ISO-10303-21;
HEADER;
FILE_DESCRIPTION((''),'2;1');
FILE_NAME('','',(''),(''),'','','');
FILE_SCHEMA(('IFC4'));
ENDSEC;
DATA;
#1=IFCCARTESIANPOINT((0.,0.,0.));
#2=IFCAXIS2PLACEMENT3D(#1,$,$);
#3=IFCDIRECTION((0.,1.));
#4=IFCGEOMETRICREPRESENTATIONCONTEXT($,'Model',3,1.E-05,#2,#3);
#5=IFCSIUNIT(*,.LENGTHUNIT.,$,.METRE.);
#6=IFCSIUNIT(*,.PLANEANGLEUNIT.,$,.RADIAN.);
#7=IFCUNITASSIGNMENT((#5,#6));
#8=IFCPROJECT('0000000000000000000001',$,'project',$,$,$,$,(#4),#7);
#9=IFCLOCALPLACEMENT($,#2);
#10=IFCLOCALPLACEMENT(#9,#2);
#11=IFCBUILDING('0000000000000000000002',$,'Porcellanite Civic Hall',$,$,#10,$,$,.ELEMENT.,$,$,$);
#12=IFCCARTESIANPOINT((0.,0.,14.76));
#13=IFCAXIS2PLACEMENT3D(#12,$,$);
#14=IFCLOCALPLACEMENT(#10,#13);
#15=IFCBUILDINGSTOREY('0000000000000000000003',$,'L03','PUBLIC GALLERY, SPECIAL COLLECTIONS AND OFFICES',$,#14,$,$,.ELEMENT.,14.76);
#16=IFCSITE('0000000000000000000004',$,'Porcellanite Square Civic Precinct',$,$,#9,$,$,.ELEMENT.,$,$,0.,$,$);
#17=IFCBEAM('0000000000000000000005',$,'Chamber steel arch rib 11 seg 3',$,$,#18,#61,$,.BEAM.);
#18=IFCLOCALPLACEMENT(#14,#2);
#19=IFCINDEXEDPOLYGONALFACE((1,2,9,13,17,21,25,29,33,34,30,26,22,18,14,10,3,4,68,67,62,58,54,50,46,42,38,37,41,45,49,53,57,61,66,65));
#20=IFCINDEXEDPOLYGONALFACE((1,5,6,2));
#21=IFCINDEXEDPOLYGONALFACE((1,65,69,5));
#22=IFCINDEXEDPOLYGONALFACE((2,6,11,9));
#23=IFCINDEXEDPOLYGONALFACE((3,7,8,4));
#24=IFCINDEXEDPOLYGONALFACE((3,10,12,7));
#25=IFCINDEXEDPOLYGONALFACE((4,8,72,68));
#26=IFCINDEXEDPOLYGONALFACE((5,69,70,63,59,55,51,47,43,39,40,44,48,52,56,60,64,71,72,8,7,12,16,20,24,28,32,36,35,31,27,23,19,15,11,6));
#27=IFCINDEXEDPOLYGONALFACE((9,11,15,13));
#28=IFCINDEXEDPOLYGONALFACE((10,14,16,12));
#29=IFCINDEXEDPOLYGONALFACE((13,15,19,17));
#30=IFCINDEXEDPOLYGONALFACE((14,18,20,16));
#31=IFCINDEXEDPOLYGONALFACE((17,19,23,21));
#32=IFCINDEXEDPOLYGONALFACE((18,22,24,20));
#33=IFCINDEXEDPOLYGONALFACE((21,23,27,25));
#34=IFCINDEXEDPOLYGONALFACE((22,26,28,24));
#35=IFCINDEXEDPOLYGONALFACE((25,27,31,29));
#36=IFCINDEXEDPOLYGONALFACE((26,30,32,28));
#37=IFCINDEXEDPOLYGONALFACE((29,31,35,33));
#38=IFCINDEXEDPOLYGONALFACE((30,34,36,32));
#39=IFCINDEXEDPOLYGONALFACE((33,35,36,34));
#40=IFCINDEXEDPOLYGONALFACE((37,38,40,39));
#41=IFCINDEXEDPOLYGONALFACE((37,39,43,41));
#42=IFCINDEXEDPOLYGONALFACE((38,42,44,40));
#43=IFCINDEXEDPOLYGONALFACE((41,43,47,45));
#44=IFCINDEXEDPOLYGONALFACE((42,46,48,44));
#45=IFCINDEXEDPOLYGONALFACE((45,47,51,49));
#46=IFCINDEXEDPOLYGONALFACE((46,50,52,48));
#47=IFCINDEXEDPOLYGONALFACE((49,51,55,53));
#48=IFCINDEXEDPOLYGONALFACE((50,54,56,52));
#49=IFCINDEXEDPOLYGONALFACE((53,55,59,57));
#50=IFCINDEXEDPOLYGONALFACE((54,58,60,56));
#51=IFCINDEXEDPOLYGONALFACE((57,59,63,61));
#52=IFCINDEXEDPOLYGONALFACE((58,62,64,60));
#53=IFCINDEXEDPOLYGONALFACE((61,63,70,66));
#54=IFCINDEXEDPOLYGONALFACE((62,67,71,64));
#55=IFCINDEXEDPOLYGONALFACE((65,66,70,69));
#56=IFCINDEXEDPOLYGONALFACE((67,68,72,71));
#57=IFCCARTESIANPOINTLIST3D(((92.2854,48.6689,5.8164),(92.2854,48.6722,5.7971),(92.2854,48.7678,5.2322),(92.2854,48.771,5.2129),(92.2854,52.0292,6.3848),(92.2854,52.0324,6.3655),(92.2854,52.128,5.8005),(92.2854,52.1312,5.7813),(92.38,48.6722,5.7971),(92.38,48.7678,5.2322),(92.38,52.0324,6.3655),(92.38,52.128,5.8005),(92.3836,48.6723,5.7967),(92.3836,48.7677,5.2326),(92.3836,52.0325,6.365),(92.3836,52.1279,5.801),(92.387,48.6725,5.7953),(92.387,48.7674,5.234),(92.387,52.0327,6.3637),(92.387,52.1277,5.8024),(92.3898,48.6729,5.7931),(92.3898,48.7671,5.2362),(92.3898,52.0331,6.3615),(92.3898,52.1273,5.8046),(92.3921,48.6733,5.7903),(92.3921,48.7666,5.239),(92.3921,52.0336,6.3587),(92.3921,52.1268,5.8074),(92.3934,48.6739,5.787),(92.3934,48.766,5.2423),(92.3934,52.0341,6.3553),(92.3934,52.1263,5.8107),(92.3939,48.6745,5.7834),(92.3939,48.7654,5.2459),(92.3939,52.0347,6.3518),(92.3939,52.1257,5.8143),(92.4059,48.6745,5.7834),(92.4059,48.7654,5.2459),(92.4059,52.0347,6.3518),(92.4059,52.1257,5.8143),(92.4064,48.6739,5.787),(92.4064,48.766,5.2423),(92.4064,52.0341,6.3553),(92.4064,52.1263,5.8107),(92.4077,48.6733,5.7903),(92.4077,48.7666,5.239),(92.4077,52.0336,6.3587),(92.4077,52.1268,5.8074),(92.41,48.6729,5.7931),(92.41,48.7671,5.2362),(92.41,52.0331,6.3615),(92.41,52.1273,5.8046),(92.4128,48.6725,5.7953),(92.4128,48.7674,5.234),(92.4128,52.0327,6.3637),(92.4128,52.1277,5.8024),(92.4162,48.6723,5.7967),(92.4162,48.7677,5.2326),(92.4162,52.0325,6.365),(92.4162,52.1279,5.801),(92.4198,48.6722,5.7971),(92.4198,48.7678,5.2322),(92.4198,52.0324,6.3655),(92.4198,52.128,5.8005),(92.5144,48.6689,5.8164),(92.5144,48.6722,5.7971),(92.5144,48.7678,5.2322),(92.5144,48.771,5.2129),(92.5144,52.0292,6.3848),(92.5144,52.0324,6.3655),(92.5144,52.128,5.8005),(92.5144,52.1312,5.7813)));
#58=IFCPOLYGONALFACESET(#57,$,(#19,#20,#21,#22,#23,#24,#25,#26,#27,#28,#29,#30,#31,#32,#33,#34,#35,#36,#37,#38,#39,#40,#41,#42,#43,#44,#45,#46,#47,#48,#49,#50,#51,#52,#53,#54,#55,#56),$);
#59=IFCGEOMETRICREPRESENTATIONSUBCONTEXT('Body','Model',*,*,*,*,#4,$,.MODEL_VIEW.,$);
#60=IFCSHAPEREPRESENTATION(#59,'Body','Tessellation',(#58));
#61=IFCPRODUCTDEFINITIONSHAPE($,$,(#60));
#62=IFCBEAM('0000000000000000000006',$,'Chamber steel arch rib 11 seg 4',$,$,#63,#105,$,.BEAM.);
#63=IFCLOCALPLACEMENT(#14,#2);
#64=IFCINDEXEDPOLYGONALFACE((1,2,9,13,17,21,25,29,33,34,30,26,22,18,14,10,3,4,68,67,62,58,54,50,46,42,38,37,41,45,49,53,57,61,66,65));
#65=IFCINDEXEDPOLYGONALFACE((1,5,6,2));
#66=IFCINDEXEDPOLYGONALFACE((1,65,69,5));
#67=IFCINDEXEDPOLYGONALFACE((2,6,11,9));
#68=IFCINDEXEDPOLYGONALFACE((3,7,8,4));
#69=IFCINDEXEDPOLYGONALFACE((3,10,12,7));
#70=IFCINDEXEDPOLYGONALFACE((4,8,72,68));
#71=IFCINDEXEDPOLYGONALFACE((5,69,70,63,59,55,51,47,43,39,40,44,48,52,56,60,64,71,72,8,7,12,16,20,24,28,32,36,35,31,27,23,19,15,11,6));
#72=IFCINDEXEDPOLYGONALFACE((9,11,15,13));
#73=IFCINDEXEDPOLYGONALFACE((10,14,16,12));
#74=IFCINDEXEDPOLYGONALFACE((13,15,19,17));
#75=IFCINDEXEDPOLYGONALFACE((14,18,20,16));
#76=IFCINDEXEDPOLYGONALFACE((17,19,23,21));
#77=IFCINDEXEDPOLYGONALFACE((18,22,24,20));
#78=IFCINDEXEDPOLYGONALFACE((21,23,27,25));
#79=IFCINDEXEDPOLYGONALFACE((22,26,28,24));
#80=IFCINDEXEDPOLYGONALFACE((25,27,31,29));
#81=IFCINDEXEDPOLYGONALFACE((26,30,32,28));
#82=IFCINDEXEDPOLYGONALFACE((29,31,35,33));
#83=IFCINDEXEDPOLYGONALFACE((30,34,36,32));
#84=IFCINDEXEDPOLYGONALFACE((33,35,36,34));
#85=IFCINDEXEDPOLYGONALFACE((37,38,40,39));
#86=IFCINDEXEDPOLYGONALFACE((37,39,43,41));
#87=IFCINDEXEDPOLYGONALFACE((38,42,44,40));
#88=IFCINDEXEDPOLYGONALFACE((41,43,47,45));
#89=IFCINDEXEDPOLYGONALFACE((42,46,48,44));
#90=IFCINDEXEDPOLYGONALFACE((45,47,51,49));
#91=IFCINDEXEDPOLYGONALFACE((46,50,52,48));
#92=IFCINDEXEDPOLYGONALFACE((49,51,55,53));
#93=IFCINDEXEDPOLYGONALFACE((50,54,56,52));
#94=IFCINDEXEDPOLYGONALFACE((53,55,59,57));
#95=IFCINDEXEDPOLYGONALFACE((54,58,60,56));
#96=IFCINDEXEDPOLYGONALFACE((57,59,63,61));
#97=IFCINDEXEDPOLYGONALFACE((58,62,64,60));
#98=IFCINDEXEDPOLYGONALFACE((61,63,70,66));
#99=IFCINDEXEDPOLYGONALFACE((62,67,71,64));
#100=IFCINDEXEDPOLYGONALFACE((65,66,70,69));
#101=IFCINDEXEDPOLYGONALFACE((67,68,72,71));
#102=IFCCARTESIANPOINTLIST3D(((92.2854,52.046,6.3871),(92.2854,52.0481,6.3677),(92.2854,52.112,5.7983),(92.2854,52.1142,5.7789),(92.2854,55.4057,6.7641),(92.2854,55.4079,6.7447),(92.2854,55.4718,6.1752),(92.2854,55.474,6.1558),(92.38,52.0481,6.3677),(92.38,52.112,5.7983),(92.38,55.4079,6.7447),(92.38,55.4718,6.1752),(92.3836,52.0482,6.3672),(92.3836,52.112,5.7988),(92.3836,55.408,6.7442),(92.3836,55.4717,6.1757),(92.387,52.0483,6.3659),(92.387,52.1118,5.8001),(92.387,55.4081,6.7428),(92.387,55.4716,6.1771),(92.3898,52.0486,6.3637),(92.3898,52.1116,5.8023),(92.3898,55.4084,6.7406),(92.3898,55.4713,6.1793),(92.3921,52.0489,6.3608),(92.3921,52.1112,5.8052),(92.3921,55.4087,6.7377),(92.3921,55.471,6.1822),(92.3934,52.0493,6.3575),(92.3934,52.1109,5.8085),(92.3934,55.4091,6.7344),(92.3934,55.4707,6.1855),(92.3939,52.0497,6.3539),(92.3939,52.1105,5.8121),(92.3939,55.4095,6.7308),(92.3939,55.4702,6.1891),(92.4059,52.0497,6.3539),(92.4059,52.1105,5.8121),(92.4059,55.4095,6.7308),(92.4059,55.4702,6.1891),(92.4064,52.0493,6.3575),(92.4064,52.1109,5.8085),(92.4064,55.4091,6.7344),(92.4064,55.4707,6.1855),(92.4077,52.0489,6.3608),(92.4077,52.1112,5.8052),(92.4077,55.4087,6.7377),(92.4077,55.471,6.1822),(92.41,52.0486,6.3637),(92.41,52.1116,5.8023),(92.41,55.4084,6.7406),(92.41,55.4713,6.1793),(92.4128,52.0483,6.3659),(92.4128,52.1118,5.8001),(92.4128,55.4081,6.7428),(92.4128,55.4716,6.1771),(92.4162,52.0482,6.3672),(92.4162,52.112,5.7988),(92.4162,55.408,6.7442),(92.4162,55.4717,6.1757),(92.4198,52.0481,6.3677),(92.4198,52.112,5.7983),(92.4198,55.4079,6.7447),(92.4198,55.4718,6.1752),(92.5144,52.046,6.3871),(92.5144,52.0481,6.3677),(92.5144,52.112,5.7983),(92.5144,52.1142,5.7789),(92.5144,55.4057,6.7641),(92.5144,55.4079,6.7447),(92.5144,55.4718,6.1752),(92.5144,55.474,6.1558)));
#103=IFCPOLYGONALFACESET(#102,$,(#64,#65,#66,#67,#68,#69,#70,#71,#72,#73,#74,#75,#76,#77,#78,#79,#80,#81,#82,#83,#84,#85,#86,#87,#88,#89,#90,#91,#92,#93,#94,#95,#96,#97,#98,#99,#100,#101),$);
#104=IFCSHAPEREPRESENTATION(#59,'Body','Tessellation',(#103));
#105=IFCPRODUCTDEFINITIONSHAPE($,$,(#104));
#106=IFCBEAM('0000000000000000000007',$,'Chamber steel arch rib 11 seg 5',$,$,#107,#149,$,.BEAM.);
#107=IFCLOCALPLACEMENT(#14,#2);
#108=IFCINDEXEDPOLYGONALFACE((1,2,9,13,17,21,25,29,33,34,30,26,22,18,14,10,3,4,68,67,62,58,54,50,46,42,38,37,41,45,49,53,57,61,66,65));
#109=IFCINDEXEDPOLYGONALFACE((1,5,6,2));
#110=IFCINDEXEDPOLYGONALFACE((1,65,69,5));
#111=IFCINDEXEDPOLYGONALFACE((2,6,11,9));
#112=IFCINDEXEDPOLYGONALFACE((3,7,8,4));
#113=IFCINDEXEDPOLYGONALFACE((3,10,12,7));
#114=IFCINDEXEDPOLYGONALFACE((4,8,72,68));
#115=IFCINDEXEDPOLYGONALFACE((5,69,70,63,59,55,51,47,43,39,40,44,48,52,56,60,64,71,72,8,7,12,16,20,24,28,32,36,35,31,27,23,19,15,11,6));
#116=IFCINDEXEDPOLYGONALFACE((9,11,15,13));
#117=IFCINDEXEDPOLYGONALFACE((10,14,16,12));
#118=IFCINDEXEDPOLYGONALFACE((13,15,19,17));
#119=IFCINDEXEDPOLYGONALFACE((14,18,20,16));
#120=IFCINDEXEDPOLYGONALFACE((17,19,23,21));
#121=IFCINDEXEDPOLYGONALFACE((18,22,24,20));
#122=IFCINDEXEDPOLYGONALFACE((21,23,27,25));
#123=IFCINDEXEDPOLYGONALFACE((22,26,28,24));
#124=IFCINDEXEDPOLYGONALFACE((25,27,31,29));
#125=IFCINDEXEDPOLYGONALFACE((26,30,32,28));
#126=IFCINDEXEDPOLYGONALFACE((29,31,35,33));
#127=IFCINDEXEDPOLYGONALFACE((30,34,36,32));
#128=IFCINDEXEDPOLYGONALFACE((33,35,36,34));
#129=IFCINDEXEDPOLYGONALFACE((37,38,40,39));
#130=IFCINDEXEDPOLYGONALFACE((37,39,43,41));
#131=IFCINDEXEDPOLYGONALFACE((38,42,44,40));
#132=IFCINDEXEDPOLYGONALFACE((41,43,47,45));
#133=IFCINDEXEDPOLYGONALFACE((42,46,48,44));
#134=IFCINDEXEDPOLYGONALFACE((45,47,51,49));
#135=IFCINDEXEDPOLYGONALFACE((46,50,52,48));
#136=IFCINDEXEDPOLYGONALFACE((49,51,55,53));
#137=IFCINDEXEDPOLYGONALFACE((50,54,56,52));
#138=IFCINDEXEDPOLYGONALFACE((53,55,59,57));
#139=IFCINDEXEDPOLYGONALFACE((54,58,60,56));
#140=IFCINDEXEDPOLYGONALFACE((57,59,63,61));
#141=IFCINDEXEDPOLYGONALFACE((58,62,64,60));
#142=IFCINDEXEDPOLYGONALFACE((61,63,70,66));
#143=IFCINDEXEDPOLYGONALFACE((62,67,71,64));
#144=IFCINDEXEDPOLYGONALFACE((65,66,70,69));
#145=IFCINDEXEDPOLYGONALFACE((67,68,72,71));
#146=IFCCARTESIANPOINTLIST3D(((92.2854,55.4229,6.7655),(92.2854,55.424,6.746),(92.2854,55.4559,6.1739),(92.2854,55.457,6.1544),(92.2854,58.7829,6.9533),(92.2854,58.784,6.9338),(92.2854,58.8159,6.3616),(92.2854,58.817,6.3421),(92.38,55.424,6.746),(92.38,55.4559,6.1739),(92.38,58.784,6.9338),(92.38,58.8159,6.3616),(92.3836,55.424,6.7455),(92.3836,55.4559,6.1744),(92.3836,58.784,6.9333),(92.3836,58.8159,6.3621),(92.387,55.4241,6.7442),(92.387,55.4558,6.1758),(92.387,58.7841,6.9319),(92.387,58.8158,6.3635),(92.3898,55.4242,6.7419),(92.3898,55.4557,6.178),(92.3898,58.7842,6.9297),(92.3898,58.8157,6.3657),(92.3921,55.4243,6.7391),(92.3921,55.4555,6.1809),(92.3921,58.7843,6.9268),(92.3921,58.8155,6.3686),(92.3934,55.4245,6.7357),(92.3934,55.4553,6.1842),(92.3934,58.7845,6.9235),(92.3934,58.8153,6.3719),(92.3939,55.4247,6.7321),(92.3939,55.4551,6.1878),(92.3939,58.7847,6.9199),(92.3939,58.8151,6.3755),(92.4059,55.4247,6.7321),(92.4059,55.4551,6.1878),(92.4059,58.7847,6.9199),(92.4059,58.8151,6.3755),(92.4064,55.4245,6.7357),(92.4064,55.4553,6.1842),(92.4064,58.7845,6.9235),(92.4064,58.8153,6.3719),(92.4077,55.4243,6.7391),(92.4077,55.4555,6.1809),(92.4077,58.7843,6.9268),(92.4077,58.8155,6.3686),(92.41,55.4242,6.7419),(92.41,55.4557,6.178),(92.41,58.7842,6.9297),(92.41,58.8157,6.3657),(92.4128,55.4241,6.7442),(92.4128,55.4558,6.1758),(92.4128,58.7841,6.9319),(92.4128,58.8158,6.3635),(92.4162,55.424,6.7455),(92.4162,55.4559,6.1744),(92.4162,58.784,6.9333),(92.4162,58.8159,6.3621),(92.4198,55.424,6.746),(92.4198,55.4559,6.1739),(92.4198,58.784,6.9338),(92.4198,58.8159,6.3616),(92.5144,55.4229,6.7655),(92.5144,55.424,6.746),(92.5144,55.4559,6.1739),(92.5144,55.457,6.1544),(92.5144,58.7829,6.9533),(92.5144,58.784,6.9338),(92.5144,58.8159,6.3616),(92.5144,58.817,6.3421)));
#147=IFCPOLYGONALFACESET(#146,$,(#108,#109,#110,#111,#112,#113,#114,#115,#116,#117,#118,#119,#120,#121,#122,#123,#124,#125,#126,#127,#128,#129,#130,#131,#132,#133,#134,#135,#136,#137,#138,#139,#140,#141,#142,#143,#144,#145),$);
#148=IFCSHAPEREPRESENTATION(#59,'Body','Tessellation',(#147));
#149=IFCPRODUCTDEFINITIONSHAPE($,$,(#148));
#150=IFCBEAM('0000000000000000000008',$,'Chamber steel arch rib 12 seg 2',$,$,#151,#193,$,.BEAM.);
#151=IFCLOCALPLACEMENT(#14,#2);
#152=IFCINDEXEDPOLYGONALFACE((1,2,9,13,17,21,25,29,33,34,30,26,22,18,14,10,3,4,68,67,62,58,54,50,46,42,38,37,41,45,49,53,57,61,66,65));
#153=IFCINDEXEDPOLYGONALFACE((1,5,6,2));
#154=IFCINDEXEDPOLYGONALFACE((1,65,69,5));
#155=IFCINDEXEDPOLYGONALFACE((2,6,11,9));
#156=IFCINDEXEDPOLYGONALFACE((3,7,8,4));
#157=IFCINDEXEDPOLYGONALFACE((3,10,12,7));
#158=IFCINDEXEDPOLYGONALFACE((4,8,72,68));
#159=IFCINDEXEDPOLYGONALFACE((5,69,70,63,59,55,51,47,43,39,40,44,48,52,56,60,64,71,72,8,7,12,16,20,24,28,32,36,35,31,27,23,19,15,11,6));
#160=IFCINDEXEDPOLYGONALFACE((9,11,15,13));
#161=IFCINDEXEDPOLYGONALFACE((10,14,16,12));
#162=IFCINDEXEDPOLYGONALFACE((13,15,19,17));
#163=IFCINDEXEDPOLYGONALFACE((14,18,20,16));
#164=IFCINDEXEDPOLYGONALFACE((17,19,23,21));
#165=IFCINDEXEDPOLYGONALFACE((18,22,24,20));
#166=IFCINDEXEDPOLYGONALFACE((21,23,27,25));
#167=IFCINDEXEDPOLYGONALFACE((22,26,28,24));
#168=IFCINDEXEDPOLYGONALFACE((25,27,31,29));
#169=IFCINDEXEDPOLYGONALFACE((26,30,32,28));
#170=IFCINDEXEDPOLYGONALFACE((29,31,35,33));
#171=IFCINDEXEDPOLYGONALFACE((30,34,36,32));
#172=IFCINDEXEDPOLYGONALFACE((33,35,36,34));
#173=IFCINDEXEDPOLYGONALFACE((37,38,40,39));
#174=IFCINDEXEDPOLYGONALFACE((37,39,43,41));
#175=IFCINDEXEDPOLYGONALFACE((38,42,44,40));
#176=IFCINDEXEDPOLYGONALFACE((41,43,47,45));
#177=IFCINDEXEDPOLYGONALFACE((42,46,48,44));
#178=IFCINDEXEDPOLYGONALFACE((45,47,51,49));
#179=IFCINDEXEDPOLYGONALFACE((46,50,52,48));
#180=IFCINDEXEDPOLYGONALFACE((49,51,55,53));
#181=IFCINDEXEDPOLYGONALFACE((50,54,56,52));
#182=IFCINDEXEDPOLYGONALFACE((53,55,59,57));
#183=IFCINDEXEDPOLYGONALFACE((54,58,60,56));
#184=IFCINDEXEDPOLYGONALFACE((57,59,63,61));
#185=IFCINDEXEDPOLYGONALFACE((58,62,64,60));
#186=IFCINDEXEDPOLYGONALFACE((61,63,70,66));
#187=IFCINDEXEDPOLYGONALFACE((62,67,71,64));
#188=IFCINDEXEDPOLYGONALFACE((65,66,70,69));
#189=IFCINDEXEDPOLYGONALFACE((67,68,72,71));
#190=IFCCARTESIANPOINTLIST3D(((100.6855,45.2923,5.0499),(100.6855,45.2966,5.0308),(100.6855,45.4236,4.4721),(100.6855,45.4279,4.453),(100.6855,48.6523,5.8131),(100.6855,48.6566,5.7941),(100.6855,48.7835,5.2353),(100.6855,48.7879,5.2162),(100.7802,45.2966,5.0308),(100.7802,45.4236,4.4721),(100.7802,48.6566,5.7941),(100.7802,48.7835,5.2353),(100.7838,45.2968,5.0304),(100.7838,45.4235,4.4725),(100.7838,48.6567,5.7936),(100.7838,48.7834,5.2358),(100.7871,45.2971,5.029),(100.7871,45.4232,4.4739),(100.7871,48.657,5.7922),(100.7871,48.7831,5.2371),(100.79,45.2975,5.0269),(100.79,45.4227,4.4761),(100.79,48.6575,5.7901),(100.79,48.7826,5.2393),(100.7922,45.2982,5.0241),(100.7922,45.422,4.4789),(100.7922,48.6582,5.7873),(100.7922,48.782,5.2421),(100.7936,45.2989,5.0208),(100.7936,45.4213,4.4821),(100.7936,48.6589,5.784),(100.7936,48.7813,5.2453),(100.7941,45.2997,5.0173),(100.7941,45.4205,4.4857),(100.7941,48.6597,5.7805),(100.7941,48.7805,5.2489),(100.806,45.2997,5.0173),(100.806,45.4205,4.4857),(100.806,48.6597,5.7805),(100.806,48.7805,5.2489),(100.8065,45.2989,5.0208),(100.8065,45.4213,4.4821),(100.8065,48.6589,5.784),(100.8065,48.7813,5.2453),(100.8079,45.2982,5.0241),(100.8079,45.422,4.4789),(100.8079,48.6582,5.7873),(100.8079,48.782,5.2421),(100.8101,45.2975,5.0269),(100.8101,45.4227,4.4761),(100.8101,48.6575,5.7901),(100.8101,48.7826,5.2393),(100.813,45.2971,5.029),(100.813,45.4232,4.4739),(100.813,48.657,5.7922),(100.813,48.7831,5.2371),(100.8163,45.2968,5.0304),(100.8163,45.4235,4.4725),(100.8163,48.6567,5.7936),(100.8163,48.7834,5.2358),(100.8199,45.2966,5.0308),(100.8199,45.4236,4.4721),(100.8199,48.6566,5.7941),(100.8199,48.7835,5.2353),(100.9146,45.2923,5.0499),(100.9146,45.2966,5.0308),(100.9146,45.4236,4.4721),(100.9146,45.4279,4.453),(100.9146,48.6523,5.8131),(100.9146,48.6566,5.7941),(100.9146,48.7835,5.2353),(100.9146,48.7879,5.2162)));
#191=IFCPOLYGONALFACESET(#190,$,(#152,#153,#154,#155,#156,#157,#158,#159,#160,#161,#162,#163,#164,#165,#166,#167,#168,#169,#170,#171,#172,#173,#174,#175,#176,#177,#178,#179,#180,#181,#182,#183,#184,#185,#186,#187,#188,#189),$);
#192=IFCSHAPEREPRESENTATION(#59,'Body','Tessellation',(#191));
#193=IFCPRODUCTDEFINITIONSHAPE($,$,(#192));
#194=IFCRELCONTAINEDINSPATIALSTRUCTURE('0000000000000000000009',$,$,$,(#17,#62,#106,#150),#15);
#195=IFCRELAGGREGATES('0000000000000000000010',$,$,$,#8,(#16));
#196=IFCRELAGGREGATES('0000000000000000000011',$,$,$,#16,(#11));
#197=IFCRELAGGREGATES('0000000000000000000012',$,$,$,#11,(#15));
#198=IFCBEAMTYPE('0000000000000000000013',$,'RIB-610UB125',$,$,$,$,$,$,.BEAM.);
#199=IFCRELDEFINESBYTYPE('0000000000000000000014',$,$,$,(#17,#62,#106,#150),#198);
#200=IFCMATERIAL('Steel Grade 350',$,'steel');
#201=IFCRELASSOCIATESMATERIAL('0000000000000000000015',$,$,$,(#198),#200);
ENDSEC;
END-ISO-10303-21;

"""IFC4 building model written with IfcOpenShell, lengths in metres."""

from ifc_helpers import new_model, si_unit, direction, frame, origin, origin_2d, place, context, subcontext, project, spatial, i_section, extrude, material, material_profile, profile_set, type_object, element, save


model = new_model("IFC4")

# Units and contexts
model_context = context("Model", 3, precision=1e-05, world=origin(), true_north=direction((0.0, 1.0)))
body_context = subcontext(model_context, "Body", "Model", "MODEL_VIEW")
ifc_project = project(units=[si_unit("LENGTHUNIT", "METRE"), si_unit("PLANEANGLEUNIT", "RADIAN")], contexts=[model_context])

# Site, building, storey
site_placement = place(None, origin())
site = spatial("IfcSite", under=ifc_project, at=site_placement, Name="Porcellanite Square Civic Precinct", CompositionType="ELEMENT", RefElevation=0.0)
building_placement = place(site_placement, origin())
building = spatial("IfcBuilding", under=site, at=building_placement, Name="Porcellanite Civic Hall", CompositionType="ELEMENT")
storey_placement = place(building_placement, frame((0.0, 0.0, 14.76)))
storey = spatial("IfcBuildingStorey", under=building, at=storey_placement, Name="L03", Description="PUBLIC GALLERY, SPECIAL COLLECTIONS AND OFFICES", CompositionType="ELEMENT", Elevation=14.76)

# Beams
ifc_material_1 = material(Name="Steel Grade 350", Category="steel")
ifc_material_profile_1 = material_profile(ifc_material_1, i_section(OverallWidth=0.229, OverallDepth=0.6121, WebThickness=0.012, FlangeThickness=0.0195, FilletRadius=0.0139, at=origin_2d()), Name="610UB125")
ifc_profile_set_1 = profile_set([ifc_material_profile_1], Name="Steel Grade 350")
beam_type = type_object("IfcBeamType", Name="RIB-610UB125", PredefinedType="BEAM", material=ifc_profile_set_1)
beam_1_placement = place(storey_placement, frame((92.3999, 48.72, 5.5146), z_axis=(0.0, 0.985994, 0.16678), x_axis=(-1.0, 0.0, 0.0)))
element("IfcBeam", 1, at=beam_1_placement, inside=storey, type_object=beam_type, Name="Chamber steel arch rib 11 seg 3", PredefinedType="BEAM", context=body_context, shape_type="SweptSolid", body=[
    extrude(i_section(OverallWidth=0.229, OverallDepth=0.6121, WebThickness=0.012, FlangeThickness=0.0195, FilletRadius=0.0139, at=origin_2d()), origin(), (0.0, 0.0, 1.0), 3.408),
])
beam_2_placement = place(storey_placement, frame((92.3999, 52.0801, 6.083), z_axis=(0.0, 0.993765, 0.111493), x_axis=(-1.0, 0.0, 0.0)))
element("IfcBeam", 2, at=beam_2_placement, inside=storey, type_object=beam_type, Name="Chamber steel arch rib 11 seg 4", PredefinedType="BEAM", context=body_context, shape_type="SweptSolid", body=[
    extrude(i_section(OverallWidth=0.229, OverallDepth=0.6121, WebThickness=0.012, FlangeThickness=0.0195, FilletRadius=0.0139, at=origin_2d()), origin(), (0.0, 0.0, 1.0), 3.3809),
])
beam_3_placement = place(storey_placement, frame((92.3999, 55.4399, 6.46), z_axis=(0.0, 0.998443, 0.055787), x_axis=(-1.0, 0.0, 0.0)))
element("IfcBeam", 3, at=beam_3_placement, inside=storey, type_object=beam_type, Name="Chamber steel arch rib 11 seg 5", PredefinedType="BEAM", context=body_context, shape_type="SweptSolid", body=[
    extrude(i_section(OverallWidth=0.229, OverallDepth=0.6121, WebThickness=0.012, FlangeThickness=0.0195, FilletRadius=0.0139, at=origin_2d()), origin(), (0.0, 0.0, 1.0), 3.3652),
])
beam_4_placement = place(storey_placement, frame((100.8, 45.3601, 4.7515), z_axis=(0.0, 0.975159, 0.221505), x_axis=(-1.0, 0.0, 0.0)))
element("IfcBeam", 4, at=beam_4_placement, inside=storey, type_object=beam_type, Name="Chamber steel arch rib 12 seg 2", PredefinedType="BEAM", context=body_context, shape_type="SweptSolid", body=[
    extrude(i_section(OverallWidth=0.229, OverallDepth=0.6121, WebThickness=0.012, FlangeThickness=0.0195, FilletRadius=0.0139, at=origin_2d()), origin(), (0.0, 0.0, 1.0), 3.4456),
])

save(model, "model.ifc")
